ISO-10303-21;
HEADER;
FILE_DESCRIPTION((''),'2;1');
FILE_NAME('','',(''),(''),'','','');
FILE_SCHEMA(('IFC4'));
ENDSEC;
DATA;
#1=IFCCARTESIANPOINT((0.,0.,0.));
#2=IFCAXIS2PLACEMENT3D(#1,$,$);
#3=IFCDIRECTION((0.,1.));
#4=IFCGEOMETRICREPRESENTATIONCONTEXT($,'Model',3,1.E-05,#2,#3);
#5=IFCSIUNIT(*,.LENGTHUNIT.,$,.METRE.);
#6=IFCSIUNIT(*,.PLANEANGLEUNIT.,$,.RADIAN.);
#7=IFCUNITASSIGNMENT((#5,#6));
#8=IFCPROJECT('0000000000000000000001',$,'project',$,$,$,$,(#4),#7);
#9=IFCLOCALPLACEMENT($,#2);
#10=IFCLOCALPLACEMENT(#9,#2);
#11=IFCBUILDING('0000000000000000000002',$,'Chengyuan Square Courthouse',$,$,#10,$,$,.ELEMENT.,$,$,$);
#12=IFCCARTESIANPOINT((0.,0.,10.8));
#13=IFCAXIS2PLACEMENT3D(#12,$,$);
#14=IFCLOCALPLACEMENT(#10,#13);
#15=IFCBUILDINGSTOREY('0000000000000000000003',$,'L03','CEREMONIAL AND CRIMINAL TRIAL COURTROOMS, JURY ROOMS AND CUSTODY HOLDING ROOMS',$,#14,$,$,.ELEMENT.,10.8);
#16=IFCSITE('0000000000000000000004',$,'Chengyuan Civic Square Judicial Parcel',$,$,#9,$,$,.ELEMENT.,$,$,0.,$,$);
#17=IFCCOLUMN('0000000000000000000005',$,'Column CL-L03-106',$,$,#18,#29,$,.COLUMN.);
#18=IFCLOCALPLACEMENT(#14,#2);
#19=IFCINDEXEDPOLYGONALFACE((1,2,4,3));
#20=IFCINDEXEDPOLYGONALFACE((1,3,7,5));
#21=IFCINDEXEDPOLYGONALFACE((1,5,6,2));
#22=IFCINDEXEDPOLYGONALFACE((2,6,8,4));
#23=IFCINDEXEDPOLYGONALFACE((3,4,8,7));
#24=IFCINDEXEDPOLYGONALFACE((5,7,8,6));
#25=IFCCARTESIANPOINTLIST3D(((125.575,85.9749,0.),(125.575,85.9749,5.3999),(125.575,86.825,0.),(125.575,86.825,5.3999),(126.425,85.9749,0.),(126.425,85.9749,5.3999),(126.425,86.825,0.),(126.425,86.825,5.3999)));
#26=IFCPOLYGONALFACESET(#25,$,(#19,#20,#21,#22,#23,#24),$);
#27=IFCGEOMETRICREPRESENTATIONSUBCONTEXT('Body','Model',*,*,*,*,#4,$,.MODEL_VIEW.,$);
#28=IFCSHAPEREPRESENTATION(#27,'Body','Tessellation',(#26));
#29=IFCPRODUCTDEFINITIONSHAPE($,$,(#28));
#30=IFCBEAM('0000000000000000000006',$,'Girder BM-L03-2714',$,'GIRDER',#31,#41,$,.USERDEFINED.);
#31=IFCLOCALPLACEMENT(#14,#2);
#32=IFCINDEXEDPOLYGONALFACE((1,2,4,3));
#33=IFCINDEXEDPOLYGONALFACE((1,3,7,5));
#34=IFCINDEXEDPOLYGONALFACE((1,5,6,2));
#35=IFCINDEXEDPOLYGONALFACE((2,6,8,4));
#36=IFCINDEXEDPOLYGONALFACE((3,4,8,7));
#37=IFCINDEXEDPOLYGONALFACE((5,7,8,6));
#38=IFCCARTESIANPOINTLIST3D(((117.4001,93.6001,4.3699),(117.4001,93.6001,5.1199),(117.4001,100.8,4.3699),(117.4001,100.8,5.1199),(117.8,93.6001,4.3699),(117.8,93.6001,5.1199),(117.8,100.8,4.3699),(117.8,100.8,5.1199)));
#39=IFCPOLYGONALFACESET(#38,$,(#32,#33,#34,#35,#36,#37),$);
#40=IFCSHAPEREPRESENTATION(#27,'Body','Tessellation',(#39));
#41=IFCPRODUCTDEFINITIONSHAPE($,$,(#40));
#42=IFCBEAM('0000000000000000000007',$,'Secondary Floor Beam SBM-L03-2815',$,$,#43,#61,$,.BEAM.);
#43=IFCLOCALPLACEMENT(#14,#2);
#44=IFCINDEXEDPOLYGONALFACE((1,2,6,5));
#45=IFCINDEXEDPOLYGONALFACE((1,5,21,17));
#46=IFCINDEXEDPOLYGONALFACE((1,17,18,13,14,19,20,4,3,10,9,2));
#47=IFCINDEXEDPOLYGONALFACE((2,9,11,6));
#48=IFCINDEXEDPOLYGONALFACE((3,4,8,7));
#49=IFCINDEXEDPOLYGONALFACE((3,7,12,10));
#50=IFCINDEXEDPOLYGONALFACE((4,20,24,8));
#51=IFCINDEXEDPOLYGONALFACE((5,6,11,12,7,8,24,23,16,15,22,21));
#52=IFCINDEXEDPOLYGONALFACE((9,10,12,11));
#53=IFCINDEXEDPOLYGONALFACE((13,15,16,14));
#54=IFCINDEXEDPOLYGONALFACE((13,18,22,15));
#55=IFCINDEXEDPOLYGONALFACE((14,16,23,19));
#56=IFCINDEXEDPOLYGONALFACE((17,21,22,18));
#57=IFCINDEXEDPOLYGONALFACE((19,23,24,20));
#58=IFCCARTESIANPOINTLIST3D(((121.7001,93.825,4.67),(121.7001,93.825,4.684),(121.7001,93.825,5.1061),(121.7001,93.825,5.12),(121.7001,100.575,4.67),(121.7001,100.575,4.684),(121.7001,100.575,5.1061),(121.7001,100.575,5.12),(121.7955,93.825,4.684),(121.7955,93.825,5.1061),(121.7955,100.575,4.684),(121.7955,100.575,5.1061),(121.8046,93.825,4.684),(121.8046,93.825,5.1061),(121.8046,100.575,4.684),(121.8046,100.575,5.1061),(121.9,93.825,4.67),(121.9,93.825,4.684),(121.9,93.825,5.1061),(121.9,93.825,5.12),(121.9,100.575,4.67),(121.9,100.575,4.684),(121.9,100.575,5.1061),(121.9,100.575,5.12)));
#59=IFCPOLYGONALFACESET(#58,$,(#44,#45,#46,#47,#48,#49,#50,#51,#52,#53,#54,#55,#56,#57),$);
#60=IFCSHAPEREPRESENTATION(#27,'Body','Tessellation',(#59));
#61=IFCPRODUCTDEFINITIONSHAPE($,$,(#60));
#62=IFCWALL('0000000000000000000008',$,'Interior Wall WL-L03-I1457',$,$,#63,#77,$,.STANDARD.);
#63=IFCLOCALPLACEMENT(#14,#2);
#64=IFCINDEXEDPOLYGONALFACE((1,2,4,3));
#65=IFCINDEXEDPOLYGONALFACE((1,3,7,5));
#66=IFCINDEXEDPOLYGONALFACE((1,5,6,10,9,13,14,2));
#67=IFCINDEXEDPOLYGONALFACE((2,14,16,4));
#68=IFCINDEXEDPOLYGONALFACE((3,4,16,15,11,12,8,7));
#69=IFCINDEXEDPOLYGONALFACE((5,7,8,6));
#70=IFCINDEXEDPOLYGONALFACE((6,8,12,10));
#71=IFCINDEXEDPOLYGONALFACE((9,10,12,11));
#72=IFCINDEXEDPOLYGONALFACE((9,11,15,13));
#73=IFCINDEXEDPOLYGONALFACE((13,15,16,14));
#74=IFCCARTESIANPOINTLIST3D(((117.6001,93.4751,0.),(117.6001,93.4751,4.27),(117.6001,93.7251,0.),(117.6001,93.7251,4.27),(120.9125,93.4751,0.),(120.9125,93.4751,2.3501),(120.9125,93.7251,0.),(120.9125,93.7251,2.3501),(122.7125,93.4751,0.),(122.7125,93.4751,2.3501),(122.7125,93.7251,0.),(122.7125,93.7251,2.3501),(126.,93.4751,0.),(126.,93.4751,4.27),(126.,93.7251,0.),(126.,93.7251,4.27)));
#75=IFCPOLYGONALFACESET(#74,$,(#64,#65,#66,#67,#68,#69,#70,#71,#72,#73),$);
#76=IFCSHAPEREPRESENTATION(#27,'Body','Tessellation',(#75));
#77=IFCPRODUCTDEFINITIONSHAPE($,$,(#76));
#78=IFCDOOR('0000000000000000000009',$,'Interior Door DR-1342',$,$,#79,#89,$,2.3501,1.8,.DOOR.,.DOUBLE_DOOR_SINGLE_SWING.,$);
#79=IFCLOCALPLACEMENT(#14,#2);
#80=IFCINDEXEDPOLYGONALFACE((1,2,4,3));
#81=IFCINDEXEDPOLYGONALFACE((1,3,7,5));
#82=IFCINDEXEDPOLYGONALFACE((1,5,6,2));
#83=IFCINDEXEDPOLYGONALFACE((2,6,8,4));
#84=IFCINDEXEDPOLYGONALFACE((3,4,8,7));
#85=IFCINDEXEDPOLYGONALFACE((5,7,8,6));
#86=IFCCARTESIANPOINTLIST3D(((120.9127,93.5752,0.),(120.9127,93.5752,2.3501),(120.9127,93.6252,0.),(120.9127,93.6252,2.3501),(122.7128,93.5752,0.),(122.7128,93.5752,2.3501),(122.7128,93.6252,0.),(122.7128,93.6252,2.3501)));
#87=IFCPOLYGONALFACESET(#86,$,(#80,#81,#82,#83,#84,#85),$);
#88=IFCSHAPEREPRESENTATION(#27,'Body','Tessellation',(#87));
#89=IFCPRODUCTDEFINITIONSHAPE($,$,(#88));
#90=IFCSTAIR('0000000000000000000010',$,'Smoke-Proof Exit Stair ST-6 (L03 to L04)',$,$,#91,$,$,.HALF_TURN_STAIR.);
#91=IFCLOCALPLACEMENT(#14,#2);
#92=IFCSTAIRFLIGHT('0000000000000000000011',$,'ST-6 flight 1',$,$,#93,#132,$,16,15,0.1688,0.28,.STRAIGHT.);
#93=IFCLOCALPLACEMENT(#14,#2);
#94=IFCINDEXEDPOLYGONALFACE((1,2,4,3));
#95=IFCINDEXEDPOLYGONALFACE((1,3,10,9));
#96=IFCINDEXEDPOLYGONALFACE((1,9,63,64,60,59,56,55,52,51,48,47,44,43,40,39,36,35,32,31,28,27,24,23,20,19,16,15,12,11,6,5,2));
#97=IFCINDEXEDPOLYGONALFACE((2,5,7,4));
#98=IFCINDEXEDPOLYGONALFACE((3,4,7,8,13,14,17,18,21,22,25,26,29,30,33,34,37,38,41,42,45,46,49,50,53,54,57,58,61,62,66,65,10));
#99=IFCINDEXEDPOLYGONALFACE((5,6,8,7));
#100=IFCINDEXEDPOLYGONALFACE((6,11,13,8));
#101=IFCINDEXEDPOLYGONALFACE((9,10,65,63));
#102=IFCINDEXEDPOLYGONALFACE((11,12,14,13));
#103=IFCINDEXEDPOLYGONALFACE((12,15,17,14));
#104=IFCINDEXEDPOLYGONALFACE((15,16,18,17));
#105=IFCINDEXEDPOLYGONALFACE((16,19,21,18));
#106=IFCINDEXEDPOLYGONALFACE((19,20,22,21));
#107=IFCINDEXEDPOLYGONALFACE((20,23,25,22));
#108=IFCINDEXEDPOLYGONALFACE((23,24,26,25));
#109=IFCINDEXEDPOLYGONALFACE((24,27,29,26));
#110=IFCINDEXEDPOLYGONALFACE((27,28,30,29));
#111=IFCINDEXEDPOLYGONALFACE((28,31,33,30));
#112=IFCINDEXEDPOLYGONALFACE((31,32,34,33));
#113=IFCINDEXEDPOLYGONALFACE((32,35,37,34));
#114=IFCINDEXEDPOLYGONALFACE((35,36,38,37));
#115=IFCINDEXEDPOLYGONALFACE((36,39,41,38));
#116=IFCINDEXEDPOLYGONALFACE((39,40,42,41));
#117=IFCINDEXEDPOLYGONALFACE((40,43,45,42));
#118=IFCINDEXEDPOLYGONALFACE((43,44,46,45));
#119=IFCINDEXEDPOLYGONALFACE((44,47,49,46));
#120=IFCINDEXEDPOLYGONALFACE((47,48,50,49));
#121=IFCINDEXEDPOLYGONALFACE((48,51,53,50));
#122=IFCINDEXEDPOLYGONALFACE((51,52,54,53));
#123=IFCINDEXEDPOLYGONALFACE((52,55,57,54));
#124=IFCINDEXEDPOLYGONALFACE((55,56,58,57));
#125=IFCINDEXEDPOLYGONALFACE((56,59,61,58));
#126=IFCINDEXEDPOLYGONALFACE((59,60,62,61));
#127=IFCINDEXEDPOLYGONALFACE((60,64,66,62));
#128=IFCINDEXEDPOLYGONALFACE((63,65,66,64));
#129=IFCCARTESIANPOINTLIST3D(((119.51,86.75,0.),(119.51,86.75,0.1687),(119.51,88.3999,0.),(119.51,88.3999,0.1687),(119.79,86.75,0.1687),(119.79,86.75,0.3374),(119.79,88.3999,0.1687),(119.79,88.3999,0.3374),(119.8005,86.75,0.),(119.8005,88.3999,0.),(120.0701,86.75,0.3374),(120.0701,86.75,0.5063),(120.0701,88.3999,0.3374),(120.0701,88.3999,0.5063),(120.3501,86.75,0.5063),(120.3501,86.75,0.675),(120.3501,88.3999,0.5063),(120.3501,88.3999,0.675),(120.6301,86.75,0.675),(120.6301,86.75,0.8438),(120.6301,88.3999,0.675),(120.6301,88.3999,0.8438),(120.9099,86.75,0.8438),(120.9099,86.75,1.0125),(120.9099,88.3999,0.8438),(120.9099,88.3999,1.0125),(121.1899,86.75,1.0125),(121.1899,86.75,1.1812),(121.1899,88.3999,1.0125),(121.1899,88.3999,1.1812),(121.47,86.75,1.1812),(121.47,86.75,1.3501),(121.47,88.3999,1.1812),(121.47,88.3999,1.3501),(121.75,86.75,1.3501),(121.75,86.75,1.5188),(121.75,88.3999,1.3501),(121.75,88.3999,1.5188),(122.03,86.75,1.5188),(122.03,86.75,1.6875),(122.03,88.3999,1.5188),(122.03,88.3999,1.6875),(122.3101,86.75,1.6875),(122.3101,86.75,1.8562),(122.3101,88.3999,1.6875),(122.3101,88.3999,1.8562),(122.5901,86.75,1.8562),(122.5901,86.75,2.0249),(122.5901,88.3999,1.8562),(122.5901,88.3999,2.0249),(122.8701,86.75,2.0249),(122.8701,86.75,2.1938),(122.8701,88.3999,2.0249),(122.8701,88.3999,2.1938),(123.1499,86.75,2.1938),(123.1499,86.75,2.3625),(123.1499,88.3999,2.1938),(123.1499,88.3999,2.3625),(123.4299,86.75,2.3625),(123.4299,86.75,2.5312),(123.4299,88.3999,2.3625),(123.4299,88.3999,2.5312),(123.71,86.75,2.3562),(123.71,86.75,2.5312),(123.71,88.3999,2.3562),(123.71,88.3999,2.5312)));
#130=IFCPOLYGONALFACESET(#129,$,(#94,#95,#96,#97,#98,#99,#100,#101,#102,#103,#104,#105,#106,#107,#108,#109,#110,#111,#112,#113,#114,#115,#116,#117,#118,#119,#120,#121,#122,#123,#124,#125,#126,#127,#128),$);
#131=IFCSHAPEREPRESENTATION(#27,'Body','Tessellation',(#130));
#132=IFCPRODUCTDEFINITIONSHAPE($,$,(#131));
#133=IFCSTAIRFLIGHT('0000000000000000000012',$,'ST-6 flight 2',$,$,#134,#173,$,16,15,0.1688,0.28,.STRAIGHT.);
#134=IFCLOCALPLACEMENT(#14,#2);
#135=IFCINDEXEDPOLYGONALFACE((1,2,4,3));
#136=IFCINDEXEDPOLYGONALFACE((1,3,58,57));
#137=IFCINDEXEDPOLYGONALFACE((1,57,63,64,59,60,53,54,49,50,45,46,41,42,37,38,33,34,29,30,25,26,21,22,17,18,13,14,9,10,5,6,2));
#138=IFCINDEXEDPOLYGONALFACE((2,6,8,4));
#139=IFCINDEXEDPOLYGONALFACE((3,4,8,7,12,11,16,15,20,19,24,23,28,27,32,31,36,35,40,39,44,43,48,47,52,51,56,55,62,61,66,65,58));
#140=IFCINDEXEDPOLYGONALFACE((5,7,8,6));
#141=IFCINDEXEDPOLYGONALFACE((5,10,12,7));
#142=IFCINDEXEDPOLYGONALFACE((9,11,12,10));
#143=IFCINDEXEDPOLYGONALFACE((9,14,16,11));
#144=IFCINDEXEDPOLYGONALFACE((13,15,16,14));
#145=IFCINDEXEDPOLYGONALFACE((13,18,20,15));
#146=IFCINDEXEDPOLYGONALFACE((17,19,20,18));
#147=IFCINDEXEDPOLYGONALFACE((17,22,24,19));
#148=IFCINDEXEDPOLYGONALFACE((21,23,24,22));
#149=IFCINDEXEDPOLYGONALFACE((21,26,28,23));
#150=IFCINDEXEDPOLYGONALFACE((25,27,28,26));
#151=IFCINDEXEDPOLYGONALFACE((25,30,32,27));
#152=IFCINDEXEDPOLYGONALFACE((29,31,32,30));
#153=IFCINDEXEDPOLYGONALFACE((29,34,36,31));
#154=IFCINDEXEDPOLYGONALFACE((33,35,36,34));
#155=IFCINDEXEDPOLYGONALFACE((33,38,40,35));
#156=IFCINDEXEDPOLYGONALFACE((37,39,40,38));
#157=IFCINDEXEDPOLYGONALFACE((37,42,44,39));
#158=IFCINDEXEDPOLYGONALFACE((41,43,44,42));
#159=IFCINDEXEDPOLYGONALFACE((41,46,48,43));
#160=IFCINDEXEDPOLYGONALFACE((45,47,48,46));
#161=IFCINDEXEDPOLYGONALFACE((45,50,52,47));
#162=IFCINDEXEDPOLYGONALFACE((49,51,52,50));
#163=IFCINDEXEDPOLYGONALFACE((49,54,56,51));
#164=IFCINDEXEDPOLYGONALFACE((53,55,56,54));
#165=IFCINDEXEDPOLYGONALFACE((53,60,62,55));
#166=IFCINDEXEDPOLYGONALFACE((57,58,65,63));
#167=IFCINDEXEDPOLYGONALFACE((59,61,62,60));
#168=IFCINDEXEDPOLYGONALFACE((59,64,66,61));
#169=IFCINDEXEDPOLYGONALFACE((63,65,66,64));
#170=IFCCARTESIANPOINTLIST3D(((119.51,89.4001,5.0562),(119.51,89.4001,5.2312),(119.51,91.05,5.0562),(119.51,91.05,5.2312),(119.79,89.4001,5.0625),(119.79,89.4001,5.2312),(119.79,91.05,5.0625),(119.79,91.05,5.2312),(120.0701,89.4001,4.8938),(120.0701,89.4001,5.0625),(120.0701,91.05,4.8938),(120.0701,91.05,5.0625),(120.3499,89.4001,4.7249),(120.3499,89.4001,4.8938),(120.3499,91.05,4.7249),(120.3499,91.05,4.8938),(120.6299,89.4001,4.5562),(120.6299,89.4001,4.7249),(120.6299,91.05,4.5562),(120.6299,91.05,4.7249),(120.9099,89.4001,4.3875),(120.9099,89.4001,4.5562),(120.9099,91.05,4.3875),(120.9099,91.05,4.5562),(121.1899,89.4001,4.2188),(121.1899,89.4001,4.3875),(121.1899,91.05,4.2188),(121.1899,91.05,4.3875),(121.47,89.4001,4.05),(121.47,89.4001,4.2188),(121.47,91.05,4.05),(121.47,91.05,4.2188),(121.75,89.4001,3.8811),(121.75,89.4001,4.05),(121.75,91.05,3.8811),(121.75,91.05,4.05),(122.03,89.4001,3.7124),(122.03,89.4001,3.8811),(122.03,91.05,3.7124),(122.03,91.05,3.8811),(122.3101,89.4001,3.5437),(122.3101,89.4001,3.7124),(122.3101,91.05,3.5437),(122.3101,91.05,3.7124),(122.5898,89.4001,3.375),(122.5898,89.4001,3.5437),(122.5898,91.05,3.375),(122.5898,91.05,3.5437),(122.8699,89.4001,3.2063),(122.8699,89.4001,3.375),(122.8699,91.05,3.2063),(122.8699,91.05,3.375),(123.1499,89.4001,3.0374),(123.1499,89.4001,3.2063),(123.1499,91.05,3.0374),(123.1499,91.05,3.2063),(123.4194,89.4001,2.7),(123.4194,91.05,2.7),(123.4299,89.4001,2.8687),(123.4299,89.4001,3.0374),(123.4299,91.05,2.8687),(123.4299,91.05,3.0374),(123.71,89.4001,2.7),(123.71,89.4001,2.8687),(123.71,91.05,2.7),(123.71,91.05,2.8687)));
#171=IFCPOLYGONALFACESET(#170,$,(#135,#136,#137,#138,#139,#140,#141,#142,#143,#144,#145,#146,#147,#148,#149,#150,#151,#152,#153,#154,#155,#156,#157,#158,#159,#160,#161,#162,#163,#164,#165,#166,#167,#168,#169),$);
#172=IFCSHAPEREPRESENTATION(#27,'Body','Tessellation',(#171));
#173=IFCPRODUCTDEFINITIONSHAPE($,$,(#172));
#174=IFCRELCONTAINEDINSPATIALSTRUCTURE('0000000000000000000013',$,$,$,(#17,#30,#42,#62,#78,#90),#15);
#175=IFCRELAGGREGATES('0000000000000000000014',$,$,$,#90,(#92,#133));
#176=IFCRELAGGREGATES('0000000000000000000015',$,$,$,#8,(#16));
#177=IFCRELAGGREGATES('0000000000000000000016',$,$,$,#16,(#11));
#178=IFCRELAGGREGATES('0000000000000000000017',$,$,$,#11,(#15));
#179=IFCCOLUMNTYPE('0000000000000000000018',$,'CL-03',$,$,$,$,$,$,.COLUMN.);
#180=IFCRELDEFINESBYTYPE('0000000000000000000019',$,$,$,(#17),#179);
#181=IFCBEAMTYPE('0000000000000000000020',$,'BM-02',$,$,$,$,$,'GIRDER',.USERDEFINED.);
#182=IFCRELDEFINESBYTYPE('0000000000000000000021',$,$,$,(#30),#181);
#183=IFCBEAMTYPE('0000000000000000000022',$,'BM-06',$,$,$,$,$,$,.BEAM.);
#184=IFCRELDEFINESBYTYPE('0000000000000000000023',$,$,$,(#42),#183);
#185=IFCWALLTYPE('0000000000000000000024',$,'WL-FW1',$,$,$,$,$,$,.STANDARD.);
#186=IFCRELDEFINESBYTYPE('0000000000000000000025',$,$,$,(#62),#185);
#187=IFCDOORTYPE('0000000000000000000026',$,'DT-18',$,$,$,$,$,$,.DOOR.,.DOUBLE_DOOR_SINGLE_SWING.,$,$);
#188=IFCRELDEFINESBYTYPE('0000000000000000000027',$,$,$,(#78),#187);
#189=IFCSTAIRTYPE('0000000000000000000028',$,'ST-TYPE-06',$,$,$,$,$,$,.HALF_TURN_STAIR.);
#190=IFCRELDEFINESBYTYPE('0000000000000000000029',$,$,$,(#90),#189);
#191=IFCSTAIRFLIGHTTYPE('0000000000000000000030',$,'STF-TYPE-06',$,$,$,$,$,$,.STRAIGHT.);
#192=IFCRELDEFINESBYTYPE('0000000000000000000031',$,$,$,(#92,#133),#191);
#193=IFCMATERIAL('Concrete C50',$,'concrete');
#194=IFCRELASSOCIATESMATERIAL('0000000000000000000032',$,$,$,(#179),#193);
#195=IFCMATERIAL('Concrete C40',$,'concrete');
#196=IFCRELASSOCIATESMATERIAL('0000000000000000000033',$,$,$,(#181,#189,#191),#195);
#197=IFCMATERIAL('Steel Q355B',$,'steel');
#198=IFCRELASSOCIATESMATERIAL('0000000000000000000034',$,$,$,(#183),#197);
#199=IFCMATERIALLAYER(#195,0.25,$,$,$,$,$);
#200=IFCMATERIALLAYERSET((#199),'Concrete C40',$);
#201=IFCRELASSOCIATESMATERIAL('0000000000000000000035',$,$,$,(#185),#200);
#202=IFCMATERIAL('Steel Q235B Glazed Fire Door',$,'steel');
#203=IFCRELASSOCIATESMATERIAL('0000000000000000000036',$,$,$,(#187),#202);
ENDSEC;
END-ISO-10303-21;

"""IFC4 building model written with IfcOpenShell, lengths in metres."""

from ifc_helpers import new_model, si_unit, direction, frame, frame_2d, origin, origin_2d, place, context, subcontext, project, spatial, polyline, rectangle, i_section, outline, extrude, material, layer, layer_set, material_profile, profile_set, type_object, element, fill, aggregate, save


model = new_model("IFC4")

# Units and contexts
model_context = context("Model", 3, precision=1e-05, world=origin(), true_north=direction((0.0, 1.0)))
body_context = subcontext(model_context, "Body", "Model", "MODEL_VIEW")
ifc_project = project(units=[si_unit("LENGTHUNIT", "METRE"), si_unit("PLANEANGLEUNIT", "RADIAN")], contexts=[model_context])

# Site, building, storey
site_placement = place(None, origin())
site = spatial("IfcSite", under=ifc_project, at=site_placement, Name="Chengyuan Civic Square Judicial Parcel", CompositionType="ELEMENT", RefElevation=0.0)
building_placement = place(site_placement, origin())
building = spatial("IfcBuilding", under=site, at=building_placement, Name="Chengyuan Square Courthouse", CompositionType="ELEMENT")
storey_placement = place(building_placement, frame((0.0, 0.0, 10.8)))
storey = spatial("IfcBuildingStorey", under=building, at=storey_placement, Name="L03", Description="CEREMONIAL AND CRIMINAL TRIAL COURTROOMS, JURY ROOMS AND CUSTODY HOLDING ROOMS", CompositionType="ELEMENT", Elevation=10.8)

# Column
ifc_material_1 = material(Name="Concrete C50", Category="concrete")
ifc_material_profile_1 = material_profile(ifc_material_1, rectangle(XDim=0.8501, YDim=0.8501, at=origin_2d()), Name="RC-COL-850x850")
ifc_profile_set_1 = profile_set([ifc_material_profile_1], Name="Concrete C50")
column_type = type_object("IfcColumnType", Name="CL-03", PredefinedType="COLUMN", material=ifc_profile_set_1)
column_placement = place(storey_placement, frame((126.0, 86.3999, 0.0), z_axis=(0.0, 0.0, 1.0), x_axis=(1.0, 0.0, 0.0)))
element("IfcColumn", 1, at=column_placement, inside=storey, type_object=column_type, Name="Column CL-L03-106", PredefinedType="COLUMN", context=body_context, shape_type="SweptSolid", body=[
    extrude(rectangle(XDim=0.8501, YDim=0.8501, at=origin_2d()), origin(), (0.0, 0.0, 1.0), 5.3999),
])

# Beams
ifc_material_2 = material(Name="Concrete C40", Category="concrete")
ifc_material_profile_2 = material_profile(ifc_material_2, rectangle(XDim=0.3999, YDim=0.75, at=origin_2d()), Name="RC-BM-400x750")
ifc_profile_set_2 = profile_set([ifc_material_profile_2], Name="Concrete C40")
beam_type_1 = type_object("IfcBeamType", Name="BM-02", ElementType="GIRDER", PredefinedType="USERDEFINED", material=ifc_profile_set_2)
beam_1_placement = place(storey_placement, frame((117.6001, 93.6001, 4.7449), z_axis=(0.0, 1.0, 0.0), x_axis=(-1.0, 0.0, 0.0)))
element("IfcBeam", 2, at=beam_1_placement, inside=storey, type_object=beam_type_1, Name="Girder BM-L03-2714", ObjectType="GIRDER", PredefinedType="USERDEFINED", context=body_context, shape_type="SweptSolid", body=[
    extrude(rectangle(XDim=0.3999, YDim=0.75, at=origin_2d()), origin(), (0.0, 0.0, 1.0), 7.2),
])
ifc_material_3 = material(Name="Steel Q355B", Category="steel")
ifc_material_profile_3 = material_profile(ifc_material_3, i_section(OverallWidth=0.2, OverallDepth=0.45, WebThickness=0.009, FlangeThickness=0.0139, at=origin_2d()), Name="HN 450x200x9x14")
ifc_profile_set_3 = profile_set([ifc_material_profile_3], Name="Steel Q355B")
beam_type_2 = type_object("IfcBeamType", Name="BM-06", PredefinedType="BEAM", material=ifc_profile_set_3)
beam_2_placement = place(storey_placement, frame((121.8, 93.825, 4.895), z_axis=(0.0, 1.0, 0.0), x_axis=(-1.0, 0.0, 0.0)))
element("IfcBeam", 3, at=beam_2_placement, inside=storey, type_object=beam_type_2, Name="Secondary Floor Beam SBM-L03-2815", PredefinedType="BEAM", context=body_context, shape_type="SweptSolid", body=[
    extrude(i_section(OverallWidth=0.2, OverallDepth=0.45, WebThickness=0.009, FlangeThickness=0.0139, at=origin_2d()), origin(), (0.0, 0.0, 1.0), 6.75),
])

# Wall, opening, door
ifc_layer = layer(ifc_material_2, 0.25)
ifc_layer_set = layer_set([ifc_layer], Name="Concrete C40")
wall_type = type_object("IfcWallType", Name="WL-FW1", PredefinedType="STANDARD", material=ifc_layer_set)
wall_placement = place(storey_placement, frame((117.6001, 93.6001, 0.0), z_axis=(0.0, 0.0, 1.0), x_axis=(1.0, 0.0, 0.0)))
wall = element("IfcWall", 4, at=wall_placement, inside=storey, type_object=wall_type, Name="Interior Wall WL-L03-I1457", PredefinedType="STANDARD", context=body_context, shape_type="SweptSolid", body=[
    extrude(rectangle(XDim=8.3999, YDim=0.25, at=frame_2d((4.2, 0.0))), origin(), (0.0, 0.0, 1.0), 4.27),
])
opening_placement = place(wall_placement, frame((3.3125, 0.0, 0.0)))
opening = element("IfcOpeningElement", 5, at=opening_placement, cuts=wall, PredefinedType="OPENING", context=body_context, shape_type="SweptSolid", body=[
    extrude(rectangle(XDim=1.8, YDim=2.3501, at=frame_2d((0.8999, 1.175))), frame((0.0, 0.137, 0.0), z_axis=(0.0, -1.0, 0.0), x_axis=(1.0, 0.0, 0.0)), (0.0, 0.0, 1.0), 0.2739),
])
ifc_material_4 = material(Name="Steel Q235B Glazed Fire Door", Category="steel")
door_type = type_object("IfcDoorType", Name="DT-18", OperationType="DOUBLE_DOOR_SINGLE_SWING", PredefinedType="DOOR", material=ifc_material_4)
door_placement = place(opening_placement, frame((1.8, 0.0, 0.0), z_axis=(0.0, 0.0, 1.0), x_axis=(-1.0, 0.0, 0.0)))
door = element("IfcDoor", 6, at=door_placement, inside=storey, type_object=door_type, Name="Interior Door DR-1342", OperationType="DOUBLE_DOOR_SINGLE_SWING", OverallHeight=2.3501, OverallWidth=1.8, PredefinedType="DOOR", context=body_context, shape_type="SweptSolid", body=[
    extrude(rectangle(XDim=1.8, YDim=2.3501, at=frame_2d((0.8999, 1.175))), frame((0.0, 0.0249, 0.0), z_axis=(0.0, -1.0, 0.0), x_axis=(1.0, 0.0, 0.0)), (0.0, 0.0, 1.0), 0.05),
])
fill(opening, door)

# Stair, stair flights
stair_type = type_object("IfcStairType", Name="ST-TYPE-06", PredefinedType="HALF_TURN_STAIR", material=ifc_material_2)
stair_placement = place(storey_placement, origin())
stair = element("IfcStair", 7, at=stair_placement, inside=storey, type_object=stair_type, Name="Smoke-Proof Exit Stair ST-6 (L03 to L04)", PredefinedType="HALF_TURN_STAIR")
stair_flight_type = type_object("IfcStairFlightType", Name="STF-TYPE-06", PredefinedType="STRAIGHT", material=ifc_material_2)
stair_flight_1_placement = place(storey_placement, frame((119.51, 87.575, 0.0), z_axis=(0.0, 0.0, 1.0), x_axis=(1.0, 0.0, 0.0)))
stair_flight_1 = element("IfcStairFlight", 8, at=stair_flight_1_placement, type_object=stair_flight_type, Name="ST-6 flight 1", NumberOfRisers=16, NumberOfTreads=15, PredefinedType="STRAIGHT", RiserHeight=0.1688, TreadLength=0.28, context=body_context, shape_type="SweptSolid", body=[
    extrude(outline(polyline([(0.0, 0.0), (0.0, 0.1687), (0.28, 0.1687), (0.28, 0.3374), (0.5601, 0.3374), (0.5601, 0.5063), (0.8401, 0.5063), (0.8401, 0.675), (1.1201, 0.675), (1.1201, 0.8438), (1.3999, 0.8438), (1.3999, 1.0125), (1.6799, 1.0125), (1.6799, 1.1812), (1.96, 1.1812), (1.96, 1.3501), (2.24, 1.3501), (2.24, 1.5188), (2.52, 1.5188), (2.52, 1.6875), (2.8, 1.6875), (2.8, 1.8562), (3.0801, 1.8562), (3.0801, 2.0249), (3.3601, 2.0249), (3.3601, 2.1938), (3.6399, 2.1938), (3.6399, 2.3625), (3.9199, 2.3625), (3.9199, 2.5312), (4.2, 2.5312), (4.2, 2.7), (4.2, 2.3562), (0.2905, 0.0), (0.0, 0.0)])), frame((0.0, 0.825, 0.0), z_axis=(0.0, -1.0, 0.0), x_axis=(1.0, 0.0, 0.0)), (0.0, 0.0, 1.0), 1.6499),
])
stair_flight_2_placement = place(storey_placement, frame((123.71, 90.2251, 2.7), z_axis=(0.0, 0.0, 1.0), x_axis=(-1.0, 0.0, 0.0)))
stair_flight_2 = element("IfcStairFlight", 9, at=stair_flight_2_placement, type_object=stair_flight_type, Name="ST-6 flight 2", NumberOfRisers=16, NumberOfTreads=15, PredefinedType="STRAIGHT", RiserHeight=0.1688, TreadLength=0.28, context=body_context, shape_type="SweptSolid", body=[
    extrude(outline(polyline([(0.0, 0.0), (0.0, 0.1687), (0.28, 0.1687), (0.28, 0.3374), (0.5601, 0.3374), (0.5601, 0.5063), (0.8401, 0.5063), (0.8401, 0.675), (1.1201, 0.675), (1.1201, 0.8438), (1.3999, 0.8438), (1.3999, 1.0125), (1.6799, 1.0125), (1.6799, 1.1812), (1.96, 1.1812), (1.96, 1.3501), (2.24, 1.3501), (2.24, 1.5188), (2.52, 1.5188), (2.52, 1.6875), (2.8, 1.6875), (2.8, 1.8562), (3.0801, 1.8562), (3.0801, 2.0249), (3.3601, 2.0249), (3.3601, 2.1938), (3.6399, 2.1938), (3.6399, 2.3625), (3.9199, 2.3625), (3.9199, 2.5312), (4.2, 2.5312), (4.2, 2.7), (4.2, 2.3562), (0.2905, 0.0), (0.0, 0.0)])), frame((0.0, 0.825, 0.0), z_axis=(0.0, -1.0, 0.0), x_axis=(1.0, 0.0, 0.0)), (0.0, 0.0, 1.0), 1.6499),
])
aggregate(stair, [stair_flight_1, stair_flight_2])

save(model, "model.ifc")
